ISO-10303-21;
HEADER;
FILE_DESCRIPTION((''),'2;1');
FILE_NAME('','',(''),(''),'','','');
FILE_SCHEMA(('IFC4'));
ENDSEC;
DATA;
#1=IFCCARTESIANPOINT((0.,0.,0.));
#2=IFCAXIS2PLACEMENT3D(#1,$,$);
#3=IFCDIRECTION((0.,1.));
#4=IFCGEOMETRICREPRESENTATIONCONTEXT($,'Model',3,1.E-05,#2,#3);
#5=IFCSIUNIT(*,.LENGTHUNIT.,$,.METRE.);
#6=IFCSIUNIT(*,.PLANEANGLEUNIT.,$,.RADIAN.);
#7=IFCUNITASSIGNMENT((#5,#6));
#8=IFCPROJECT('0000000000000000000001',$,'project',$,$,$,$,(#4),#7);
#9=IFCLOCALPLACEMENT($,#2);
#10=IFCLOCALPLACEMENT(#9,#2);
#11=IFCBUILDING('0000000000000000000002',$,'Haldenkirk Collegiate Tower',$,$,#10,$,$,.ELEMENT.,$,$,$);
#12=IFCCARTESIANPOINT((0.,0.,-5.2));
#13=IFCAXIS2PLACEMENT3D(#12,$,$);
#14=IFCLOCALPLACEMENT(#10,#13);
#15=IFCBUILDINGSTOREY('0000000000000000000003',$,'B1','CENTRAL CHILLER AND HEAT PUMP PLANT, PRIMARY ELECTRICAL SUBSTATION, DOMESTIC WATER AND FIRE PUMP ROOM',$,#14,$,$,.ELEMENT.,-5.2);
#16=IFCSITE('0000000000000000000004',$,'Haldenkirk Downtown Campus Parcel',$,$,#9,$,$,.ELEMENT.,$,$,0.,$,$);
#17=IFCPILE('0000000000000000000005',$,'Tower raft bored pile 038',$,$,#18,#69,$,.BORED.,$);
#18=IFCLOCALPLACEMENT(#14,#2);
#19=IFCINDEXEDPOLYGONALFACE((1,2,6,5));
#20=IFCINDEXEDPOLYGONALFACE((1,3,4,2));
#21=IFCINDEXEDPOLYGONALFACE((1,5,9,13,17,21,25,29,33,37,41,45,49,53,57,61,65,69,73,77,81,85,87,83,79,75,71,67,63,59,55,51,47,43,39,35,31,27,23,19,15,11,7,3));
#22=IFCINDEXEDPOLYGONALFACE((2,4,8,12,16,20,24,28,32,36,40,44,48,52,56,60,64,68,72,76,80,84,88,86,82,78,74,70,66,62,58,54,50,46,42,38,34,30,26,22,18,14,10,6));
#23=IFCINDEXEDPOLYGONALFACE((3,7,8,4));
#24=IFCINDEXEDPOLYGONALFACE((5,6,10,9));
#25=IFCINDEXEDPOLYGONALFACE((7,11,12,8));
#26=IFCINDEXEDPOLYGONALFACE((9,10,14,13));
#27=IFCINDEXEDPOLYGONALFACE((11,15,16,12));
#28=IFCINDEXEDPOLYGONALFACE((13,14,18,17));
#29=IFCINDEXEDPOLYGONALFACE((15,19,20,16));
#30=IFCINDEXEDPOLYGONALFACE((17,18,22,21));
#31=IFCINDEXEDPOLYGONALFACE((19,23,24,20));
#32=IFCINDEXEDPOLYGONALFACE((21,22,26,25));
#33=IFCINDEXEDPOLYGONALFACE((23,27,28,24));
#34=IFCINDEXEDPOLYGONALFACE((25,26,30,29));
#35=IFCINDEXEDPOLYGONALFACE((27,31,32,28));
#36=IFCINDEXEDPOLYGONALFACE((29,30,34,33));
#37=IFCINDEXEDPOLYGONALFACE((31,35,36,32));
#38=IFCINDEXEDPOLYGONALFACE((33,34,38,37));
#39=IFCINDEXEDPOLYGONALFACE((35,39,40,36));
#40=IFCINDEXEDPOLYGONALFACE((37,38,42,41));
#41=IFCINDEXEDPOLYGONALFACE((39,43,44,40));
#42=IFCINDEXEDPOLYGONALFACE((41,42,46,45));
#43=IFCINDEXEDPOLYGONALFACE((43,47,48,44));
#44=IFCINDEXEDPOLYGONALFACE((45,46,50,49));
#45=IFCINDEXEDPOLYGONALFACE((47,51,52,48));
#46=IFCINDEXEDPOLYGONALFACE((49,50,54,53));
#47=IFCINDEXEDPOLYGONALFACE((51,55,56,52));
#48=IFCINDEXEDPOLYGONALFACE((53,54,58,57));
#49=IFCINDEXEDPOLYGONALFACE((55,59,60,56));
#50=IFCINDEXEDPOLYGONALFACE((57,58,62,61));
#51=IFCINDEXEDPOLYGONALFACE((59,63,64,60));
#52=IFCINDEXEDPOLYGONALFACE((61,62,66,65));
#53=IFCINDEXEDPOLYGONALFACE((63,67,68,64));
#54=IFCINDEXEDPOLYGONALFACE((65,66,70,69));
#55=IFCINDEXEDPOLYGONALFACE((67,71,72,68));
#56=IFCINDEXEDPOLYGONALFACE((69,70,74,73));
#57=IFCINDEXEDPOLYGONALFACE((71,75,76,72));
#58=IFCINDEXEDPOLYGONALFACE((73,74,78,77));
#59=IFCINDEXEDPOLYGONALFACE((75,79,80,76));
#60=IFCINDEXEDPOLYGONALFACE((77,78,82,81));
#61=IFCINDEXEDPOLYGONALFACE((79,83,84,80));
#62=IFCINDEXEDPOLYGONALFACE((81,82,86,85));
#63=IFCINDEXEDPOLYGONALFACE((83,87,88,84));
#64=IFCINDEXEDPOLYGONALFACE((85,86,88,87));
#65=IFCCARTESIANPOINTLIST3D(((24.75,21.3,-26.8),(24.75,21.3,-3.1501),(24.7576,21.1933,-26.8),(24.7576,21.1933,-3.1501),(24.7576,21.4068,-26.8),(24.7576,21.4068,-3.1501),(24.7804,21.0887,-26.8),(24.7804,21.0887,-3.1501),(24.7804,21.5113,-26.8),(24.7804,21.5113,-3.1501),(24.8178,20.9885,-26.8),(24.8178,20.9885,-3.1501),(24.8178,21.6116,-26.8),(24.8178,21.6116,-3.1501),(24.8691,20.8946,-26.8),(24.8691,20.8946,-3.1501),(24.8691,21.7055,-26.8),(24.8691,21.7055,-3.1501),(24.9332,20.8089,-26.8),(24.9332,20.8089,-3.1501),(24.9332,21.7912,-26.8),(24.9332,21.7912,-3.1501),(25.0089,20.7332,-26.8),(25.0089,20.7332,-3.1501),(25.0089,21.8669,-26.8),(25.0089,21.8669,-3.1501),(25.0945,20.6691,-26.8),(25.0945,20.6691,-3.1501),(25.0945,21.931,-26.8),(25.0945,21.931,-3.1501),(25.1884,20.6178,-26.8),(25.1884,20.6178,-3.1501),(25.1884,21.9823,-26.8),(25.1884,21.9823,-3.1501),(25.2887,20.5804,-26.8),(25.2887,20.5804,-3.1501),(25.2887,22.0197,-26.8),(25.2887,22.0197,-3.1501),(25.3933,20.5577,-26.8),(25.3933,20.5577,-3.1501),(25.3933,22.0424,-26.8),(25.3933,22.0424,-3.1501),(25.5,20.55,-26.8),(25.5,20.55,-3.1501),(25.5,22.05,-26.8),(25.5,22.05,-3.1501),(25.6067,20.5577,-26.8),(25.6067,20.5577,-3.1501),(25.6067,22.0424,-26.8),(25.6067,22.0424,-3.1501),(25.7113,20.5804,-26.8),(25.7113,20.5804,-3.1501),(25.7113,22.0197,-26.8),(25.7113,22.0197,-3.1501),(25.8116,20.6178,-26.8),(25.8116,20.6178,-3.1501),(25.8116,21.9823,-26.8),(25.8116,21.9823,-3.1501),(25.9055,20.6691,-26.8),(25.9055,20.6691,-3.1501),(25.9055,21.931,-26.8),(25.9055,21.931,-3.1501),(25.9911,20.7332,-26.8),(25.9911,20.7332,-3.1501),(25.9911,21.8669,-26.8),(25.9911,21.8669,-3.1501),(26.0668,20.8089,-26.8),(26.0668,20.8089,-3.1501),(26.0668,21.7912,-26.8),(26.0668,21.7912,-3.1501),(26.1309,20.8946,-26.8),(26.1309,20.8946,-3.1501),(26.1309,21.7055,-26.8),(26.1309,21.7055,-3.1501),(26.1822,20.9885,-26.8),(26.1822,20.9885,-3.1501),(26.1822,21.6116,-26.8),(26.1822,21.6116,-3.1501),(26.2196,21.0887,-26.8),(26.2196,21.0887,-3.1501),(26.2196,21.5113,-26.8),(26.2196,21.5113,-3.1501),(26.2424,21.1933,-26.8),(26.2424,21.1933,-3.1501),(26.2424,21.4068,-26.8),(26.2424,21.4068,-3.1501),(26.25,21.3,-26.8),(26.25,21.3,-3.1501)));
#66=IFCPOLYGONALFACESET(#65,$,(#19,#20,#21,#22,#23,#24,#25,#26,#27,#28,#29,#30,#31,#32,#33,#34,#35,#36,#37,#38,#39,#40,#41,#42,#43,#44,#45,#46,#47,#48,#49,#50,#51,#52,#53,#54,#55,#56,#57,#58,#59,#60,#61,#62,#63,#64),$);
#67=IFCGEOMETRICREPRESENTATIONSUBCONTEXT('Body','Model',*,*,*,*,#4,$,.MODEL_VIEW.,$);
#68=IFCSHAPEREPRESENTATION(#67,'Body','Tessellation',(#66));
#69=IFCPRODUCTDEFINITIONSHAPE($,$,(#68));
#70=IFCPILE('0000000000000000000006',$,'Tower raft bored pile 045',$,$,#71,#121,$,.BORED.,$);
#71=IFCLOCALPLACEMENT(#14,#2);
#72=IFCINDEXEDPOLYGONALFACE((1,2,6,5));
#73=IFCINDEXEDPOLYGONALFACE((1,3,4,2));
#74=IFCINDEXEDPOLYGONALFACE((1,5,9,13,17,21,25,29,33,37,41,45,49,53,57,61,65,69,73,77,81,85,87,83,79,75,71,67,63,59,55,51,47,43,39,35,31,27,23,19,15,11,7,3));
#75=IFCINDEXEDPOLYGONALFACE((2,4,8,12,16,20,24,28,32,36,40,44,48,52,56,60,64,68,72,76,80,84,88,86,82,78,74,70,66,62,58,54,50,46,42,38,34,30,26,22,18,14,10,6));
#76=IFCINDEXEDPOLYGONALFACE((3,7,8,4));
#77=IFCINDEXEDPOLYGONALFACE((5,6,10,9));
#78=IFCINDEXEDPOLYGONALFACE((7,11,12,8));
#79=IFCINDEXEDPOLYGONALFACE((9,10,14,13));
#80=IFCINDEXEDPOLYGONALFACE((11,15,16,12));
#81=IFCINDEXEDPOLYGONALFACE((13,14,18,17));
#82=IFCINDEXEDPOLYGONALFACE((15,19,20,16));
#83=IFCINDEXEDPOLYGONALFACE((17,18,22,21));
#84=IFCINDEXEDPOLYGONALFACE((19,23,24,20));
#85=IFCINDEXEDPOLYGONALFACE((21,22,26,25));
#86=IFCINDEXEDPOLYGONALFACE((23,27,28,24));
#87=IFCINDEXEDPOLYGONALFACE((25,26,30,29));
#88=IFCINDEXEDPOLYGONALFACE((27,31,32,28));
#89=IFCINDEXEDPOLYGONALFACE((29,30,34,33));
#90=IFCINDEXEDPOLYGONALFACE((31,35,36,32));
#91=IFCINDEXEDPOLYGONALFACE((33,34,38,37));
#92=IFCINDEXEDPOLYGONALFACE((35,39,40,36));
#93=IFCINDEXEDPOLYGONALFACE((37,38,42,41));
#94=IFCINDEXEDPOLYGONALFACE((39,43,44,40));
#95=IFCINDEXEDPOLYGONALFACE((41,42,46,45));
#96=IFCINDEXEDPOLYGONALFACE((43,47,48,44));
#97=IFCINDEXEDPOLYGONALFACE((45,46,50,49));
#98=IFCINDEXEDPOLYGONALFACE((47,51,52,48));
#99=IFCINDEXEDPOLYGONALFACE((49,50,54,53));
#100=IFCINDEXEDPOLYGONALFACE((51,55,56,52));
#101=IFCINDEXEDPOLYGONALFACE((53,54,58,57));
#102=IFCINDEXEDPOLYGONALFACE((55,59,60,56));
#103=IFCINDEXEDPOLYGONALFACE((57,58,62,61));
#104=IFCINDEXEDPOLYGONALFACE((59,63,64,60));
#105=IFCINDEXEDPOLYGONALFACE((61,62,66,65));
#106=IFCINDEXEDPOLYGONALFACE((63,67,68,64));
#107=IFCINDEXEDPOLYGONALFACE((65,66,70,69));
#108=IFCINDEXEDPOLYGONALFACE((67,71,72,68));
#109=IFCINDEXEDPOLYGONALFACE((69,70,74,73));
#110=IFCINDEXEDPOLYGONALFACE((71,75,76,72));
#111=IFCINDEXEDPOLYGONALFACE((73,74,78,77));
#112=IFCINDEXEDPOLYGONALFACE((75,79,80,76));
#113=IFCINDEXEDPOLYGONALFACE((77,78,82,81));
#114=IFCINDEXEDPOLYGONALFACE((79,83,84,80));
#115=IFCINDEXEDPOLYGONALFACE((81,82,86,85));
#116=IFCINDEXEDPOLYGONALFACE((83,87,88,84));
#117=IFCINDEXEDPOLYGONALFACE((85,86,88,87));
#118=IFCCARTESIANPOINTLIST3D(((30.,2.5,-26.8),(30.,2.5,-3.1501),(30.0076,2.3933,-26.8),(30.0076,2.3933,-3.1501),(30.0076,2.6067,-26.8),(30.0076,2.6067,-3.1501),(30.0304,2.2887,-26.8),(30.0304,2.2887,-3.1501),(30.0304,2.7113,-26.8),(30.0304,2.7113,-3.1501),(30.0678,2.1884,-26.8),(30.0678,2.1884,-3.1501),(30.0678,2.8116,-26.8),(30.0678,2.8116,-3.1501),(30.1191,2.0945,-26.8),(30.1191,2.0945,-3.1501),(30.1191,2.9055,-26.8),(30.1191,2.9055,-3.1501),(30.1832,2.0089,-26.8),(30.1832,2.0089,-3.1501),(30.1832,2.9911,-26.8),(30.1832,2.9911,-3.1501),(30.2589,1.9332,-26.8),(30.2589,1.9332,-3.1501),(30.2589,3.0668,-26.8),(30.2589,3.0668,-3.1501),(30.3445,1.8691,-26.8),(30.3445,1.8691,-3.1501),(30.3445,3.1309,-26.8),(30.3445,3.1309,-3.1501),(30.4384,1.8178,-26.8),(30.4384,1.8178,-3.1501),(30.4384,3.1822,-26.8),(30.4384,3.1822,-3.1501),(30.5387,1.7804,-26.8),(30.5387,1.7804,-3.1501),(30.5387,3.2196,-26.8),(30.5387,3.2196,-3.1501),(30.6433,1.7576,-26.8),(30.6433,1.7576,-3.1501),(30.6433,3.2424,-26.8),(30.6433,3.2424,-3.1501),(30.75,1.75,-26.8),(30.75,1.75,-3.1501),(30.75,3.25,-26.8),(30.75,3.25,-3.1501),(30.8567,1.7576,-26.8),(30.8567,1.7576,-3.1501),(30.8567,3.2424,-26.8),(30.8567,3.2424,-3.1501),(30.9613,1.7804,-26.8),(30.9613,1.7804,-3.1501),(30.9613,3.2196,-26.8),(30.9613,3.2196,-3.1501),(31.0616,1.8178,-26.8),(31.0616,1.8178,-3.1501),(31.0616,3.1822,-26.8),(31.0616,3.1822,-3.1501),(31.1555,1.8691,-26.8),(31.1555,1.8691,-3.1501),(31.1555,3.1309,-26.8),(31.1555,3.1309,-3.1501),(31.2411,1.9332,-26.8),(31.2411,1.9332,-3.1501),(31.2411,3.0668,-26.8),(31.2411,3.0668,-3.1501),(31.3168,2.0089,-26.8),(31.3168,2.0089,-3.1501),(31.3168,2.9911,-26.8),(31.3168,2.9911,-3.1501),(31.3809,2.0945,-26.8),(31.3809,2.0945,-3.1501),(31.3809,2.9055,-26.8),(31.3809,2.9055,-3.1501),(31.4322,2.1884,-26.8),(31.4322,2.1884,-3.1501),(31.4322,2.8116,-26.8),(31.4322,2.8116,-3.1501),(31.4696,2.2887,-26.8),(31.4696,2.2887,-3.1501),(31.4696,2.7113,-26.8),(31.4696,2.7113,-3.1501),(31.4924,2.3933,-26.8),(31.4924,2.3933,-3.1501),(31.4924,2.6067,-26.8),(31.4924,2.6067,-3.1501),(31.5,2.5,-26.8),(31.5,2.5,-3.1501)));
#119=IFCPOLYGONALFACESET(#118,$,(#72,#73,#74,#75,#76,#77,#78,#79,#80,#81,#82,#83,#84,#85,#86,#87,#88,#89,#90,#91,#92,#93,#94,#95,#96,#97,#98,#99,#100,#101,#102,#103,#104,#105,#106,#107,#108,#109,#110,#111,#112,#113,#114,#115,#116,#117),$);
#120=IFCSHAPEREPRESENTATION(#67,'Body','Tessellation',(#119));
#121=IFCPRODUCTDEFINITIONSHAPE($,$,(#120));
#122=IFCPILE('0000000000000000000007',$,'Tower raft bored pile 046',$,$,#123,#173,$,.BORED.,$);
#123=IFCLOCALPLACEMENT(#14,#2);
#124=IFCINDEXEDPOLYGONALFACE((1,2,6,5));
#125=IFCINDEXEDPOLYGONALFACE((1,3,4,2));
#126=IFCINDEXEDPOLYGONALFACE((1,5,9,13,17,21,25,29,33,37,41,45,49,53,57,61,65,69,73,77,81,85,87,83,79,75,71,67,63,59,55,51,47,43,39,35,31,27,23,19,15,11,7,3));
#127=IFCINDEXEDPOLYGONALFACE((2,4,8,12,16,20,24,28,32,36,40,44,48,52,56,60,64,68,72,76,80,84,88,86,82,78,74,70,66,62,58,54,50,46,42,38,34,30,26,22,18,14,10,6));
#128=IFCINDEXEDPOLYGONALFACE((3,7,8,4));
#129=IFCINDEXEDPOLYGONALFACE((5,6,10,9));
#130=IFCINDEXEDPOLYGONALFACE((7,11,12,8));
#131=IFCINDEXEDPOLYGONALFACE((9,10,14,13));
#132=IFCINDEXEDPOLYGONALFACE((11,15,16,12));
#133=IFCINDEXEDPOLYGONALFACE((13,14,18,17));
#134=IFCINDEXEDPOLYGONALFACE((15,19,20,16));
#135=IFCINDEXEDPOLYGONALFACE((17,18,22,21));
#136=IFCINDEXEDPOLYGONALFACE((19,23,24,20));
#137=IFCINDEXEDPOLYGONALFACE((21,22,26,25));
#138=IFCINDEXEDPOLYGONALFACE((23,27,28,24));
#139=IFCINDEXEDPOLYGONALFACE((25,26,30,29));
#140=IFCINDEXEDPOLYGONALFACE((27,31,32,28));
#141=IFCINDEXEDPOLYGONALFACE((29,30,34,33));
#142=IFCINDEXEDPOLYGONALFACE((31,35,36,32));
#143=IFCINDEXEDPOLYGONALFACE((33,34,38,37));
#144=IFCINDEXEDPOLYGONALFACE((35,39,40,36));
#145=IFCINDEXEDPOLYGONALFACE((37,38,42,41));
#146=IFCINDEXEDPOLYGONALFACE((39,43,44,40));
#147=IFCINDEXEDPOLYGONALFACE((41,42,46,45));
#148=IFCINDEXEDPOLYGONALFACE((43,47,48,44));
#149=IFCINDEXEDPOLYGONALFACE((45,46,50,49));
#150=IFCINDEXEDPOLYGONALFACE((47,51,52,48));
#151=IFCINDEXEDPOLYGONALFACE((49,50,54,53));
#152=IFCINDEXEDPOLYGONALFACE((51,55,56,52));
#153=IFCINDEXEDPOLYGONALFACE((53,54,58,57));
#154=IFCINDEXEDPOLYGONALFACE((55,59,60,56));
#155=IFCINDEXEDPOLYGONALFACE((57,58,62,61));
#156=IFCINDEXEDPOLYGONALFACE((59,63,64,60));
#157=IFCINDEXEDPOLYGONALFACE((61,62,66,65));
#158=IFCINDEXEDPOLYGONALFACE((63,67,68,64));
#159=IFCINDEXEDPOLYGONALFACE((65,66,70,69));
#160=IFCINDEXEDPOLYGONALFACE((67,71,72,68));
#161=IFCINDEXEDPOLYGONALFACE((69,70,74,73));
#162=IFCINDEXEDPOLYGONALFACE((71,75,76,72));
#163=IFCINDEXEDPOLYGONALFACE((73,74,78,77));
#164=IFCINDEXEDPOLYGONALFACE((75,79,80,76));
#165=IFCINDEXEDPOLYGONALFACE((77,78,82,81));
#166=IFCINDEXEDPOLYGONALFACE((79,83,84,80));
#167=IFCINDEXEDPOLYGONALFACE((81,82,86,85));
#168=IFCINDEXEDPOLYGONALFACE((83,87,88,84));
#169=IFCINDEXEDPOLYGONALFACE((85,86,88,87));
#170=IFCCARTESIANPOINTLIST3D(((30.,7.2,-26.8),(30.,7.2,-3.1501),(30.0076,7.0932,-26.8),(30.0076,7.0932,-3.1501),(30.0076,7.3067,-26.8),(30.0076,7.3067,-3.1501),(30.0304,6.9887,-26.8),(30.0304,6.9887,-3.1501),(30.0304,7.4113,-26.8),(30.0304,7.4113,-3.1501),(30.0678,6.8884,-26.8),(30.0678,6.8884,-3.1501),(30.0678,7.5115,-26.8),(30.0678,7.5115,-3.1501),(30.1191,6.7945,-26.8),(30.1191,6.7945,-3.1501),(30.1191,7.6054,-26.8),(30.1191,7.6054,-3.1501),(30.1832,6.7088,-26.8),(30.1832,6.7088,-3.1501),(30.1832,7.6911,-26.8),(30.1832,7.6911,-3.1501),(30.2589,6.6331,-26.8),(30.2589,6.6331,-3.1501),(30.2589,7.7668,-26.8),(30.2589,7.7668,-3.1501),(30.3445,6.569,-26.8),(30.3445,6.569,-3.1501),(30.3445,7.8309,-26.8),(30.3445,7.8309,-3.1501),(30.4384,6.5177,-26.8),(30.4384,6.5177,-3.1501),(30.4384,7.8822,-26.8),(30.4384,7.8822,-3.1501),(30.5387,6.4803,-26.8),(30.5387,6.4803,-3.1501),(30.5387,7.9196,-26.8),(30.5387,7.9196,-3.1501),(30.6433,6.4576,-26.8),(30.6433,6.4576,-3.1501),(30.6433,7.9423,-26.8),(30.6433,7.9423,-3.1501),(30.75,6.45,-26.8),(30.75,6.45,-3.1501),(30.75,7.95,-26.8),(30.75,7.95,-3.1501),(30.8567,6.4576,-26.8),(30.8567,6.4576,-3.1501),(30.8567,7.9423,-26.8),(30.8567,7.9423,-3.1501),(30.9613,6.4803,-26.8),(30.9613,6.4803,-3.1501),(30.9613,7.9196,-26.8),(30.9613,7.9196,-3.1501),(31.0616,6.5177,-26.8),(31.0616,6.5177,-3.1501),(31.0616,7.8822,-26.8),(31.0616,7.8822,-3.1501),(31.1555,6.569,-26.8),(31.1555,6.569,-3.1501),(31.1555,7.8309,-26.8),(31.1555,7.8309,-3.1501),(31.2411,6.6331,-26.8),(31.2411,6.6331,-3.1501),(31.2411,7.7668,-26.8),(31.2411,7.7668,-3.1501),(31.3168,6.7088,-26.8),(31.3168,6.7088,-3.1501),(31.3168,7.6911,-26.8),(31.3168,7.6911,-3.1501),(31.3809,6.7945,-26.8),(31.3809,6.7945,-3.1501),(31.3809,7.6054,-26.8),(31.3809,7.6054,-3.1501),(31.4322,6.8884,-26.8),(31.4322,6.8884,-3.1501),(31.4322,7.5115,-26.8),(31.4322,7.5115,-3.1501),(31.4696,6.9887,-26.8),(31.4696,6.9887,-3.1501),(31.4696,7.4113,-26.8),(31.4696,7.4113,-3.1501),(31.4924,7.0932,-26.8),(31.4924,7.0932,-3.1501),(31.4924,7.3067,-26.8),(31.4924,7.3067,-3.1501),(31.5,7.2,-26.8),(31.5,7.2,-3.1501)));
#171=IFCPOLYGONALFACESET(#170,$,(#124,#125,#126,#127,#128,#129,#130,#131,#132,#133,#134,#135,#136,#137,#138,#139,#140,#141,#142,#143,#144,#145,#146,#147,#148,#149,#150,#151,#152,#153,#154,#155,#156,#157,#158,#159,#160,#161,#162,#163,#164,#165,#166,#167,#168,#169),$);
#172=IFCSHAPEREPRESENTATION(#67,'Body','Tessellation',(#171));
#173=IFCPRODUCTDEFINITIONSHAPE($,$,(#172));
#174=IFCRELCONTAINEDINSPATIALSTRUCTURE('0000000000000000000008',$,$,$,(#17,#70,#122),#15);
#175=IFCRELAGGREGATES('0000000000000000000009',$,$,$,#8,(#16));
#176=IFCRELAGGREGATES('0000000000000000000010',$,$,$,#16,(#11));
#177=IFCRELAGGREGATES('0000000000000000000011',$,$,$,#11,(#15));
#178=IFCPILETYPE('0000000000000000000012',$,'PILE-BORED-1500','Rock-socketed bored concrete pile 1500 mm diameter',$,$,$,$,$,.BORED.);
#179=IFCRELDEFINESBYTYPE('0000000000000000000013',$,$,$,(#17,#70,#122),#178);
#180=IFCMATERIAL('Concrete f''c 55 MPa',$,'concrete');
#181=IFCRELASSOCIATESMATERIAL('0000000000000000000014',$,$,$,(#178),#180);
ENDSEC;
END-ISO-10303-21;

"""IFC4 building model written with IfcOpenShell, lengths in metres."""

from ifc_helpers import new_model, si_unit, direction, frame, origin, origin_2d, place, context, subcontext, project, spatial, circle, extrude, material, material_profile, profile_set, type_object, element, save


model = new_model("IFC4")

# Units and contexts
model_context = context("Model", 3, precision=1e-05, world=origin(), true_north=direction((0.0, 1.0)))
body_context = subcontext(model_context, "Body", "Model", "MODEL_VIEW")
ifc_project = project(units=[si_unit("LENGTHUNIT", "METRE"), si_unit("PLANEANGLEUNIT", "RADIAN")], contexts=[model_context])

# Site, building, storey
site_placement = place(None, origin())
site = spatial("IfcSite", under=ifc_project, at=site_placement, Name="Haldenkirk Downtown Campus Parcel", CompositionType="ELEMENT", RefElevation=0.0)
building_placement = place(site_placement, origin())
building = spatial("IfcBuilding", under=site, at=building_placement, Name="Haldenkirk Collegiate Tower", CompositionType="ELEMENT")
storey_placement = place(building_placement, frame((0.0, 0.0, -5.2)))
storey = spatial("IfcBuildingStorey", under=building, at=storey_placement, Name="B1", Description="CENTRAL CHILLER AND HEAT PUMP PLANT, PRIMARY ELECTRICAL SUBSTATION, DOMESTIC WATER AND FIRE PUMP ROOM", CompositionType="ELEMENT", Elevation=-5.2)

# Piles
ifc_material_1 = material(Name="Concrete f'c 55 MPa", Category="concrete")
ifc_material_profile_1 = material_profile(ifc_material_1, circle(Radius=0.75, at=origin_2d()), Name="PILE1500")
ifc_profile_set_1 = profile_set([ifc_material_profile_1], Name="Concrete f'c 55 MPa")
pile_type = type_object("IfcPileType", Name="PILE-BORED-1500", Description="Rock-socketed bored concrete pile 1500 mm diameter", PredefinedType="BORED", material=ifc_profile_set_1)
for number, where, z_axis, x_axis, name in (
    (1, (25.5, 21.3, -3.1501), (0.0, 0.0, -1.0), (1.0, 0.0, 0.0), "Tower raft bored pile 038"),
    (2, (30.75, 2.5, -3.1501), (0.0, 0.0, -1.0), (1.0, 0.0, 0.0), "Tower raft bored pile 045"),
    (3, (30.75, 7.2, -3.1501), (0.0, 0.0, -1.0), (1.0, 0.0, 0.0), "Tower raft bored pile 046"),
):
    element("IfcPile", number, at=place(storey_placement, frame(where, z_axis=z_axis, x_axis=x_axis)), inside=storey, type_object=pile_type, Name=name, PredefinedType="BORED", context=body_context, shape_type="SweptSolid", body=[
        extrude(circle(Radius=0.75, at=origin_2d()), origin(), (0.0, 0.0, 1.0), 23.6499),
    ])

save(model, "model.ifc")
